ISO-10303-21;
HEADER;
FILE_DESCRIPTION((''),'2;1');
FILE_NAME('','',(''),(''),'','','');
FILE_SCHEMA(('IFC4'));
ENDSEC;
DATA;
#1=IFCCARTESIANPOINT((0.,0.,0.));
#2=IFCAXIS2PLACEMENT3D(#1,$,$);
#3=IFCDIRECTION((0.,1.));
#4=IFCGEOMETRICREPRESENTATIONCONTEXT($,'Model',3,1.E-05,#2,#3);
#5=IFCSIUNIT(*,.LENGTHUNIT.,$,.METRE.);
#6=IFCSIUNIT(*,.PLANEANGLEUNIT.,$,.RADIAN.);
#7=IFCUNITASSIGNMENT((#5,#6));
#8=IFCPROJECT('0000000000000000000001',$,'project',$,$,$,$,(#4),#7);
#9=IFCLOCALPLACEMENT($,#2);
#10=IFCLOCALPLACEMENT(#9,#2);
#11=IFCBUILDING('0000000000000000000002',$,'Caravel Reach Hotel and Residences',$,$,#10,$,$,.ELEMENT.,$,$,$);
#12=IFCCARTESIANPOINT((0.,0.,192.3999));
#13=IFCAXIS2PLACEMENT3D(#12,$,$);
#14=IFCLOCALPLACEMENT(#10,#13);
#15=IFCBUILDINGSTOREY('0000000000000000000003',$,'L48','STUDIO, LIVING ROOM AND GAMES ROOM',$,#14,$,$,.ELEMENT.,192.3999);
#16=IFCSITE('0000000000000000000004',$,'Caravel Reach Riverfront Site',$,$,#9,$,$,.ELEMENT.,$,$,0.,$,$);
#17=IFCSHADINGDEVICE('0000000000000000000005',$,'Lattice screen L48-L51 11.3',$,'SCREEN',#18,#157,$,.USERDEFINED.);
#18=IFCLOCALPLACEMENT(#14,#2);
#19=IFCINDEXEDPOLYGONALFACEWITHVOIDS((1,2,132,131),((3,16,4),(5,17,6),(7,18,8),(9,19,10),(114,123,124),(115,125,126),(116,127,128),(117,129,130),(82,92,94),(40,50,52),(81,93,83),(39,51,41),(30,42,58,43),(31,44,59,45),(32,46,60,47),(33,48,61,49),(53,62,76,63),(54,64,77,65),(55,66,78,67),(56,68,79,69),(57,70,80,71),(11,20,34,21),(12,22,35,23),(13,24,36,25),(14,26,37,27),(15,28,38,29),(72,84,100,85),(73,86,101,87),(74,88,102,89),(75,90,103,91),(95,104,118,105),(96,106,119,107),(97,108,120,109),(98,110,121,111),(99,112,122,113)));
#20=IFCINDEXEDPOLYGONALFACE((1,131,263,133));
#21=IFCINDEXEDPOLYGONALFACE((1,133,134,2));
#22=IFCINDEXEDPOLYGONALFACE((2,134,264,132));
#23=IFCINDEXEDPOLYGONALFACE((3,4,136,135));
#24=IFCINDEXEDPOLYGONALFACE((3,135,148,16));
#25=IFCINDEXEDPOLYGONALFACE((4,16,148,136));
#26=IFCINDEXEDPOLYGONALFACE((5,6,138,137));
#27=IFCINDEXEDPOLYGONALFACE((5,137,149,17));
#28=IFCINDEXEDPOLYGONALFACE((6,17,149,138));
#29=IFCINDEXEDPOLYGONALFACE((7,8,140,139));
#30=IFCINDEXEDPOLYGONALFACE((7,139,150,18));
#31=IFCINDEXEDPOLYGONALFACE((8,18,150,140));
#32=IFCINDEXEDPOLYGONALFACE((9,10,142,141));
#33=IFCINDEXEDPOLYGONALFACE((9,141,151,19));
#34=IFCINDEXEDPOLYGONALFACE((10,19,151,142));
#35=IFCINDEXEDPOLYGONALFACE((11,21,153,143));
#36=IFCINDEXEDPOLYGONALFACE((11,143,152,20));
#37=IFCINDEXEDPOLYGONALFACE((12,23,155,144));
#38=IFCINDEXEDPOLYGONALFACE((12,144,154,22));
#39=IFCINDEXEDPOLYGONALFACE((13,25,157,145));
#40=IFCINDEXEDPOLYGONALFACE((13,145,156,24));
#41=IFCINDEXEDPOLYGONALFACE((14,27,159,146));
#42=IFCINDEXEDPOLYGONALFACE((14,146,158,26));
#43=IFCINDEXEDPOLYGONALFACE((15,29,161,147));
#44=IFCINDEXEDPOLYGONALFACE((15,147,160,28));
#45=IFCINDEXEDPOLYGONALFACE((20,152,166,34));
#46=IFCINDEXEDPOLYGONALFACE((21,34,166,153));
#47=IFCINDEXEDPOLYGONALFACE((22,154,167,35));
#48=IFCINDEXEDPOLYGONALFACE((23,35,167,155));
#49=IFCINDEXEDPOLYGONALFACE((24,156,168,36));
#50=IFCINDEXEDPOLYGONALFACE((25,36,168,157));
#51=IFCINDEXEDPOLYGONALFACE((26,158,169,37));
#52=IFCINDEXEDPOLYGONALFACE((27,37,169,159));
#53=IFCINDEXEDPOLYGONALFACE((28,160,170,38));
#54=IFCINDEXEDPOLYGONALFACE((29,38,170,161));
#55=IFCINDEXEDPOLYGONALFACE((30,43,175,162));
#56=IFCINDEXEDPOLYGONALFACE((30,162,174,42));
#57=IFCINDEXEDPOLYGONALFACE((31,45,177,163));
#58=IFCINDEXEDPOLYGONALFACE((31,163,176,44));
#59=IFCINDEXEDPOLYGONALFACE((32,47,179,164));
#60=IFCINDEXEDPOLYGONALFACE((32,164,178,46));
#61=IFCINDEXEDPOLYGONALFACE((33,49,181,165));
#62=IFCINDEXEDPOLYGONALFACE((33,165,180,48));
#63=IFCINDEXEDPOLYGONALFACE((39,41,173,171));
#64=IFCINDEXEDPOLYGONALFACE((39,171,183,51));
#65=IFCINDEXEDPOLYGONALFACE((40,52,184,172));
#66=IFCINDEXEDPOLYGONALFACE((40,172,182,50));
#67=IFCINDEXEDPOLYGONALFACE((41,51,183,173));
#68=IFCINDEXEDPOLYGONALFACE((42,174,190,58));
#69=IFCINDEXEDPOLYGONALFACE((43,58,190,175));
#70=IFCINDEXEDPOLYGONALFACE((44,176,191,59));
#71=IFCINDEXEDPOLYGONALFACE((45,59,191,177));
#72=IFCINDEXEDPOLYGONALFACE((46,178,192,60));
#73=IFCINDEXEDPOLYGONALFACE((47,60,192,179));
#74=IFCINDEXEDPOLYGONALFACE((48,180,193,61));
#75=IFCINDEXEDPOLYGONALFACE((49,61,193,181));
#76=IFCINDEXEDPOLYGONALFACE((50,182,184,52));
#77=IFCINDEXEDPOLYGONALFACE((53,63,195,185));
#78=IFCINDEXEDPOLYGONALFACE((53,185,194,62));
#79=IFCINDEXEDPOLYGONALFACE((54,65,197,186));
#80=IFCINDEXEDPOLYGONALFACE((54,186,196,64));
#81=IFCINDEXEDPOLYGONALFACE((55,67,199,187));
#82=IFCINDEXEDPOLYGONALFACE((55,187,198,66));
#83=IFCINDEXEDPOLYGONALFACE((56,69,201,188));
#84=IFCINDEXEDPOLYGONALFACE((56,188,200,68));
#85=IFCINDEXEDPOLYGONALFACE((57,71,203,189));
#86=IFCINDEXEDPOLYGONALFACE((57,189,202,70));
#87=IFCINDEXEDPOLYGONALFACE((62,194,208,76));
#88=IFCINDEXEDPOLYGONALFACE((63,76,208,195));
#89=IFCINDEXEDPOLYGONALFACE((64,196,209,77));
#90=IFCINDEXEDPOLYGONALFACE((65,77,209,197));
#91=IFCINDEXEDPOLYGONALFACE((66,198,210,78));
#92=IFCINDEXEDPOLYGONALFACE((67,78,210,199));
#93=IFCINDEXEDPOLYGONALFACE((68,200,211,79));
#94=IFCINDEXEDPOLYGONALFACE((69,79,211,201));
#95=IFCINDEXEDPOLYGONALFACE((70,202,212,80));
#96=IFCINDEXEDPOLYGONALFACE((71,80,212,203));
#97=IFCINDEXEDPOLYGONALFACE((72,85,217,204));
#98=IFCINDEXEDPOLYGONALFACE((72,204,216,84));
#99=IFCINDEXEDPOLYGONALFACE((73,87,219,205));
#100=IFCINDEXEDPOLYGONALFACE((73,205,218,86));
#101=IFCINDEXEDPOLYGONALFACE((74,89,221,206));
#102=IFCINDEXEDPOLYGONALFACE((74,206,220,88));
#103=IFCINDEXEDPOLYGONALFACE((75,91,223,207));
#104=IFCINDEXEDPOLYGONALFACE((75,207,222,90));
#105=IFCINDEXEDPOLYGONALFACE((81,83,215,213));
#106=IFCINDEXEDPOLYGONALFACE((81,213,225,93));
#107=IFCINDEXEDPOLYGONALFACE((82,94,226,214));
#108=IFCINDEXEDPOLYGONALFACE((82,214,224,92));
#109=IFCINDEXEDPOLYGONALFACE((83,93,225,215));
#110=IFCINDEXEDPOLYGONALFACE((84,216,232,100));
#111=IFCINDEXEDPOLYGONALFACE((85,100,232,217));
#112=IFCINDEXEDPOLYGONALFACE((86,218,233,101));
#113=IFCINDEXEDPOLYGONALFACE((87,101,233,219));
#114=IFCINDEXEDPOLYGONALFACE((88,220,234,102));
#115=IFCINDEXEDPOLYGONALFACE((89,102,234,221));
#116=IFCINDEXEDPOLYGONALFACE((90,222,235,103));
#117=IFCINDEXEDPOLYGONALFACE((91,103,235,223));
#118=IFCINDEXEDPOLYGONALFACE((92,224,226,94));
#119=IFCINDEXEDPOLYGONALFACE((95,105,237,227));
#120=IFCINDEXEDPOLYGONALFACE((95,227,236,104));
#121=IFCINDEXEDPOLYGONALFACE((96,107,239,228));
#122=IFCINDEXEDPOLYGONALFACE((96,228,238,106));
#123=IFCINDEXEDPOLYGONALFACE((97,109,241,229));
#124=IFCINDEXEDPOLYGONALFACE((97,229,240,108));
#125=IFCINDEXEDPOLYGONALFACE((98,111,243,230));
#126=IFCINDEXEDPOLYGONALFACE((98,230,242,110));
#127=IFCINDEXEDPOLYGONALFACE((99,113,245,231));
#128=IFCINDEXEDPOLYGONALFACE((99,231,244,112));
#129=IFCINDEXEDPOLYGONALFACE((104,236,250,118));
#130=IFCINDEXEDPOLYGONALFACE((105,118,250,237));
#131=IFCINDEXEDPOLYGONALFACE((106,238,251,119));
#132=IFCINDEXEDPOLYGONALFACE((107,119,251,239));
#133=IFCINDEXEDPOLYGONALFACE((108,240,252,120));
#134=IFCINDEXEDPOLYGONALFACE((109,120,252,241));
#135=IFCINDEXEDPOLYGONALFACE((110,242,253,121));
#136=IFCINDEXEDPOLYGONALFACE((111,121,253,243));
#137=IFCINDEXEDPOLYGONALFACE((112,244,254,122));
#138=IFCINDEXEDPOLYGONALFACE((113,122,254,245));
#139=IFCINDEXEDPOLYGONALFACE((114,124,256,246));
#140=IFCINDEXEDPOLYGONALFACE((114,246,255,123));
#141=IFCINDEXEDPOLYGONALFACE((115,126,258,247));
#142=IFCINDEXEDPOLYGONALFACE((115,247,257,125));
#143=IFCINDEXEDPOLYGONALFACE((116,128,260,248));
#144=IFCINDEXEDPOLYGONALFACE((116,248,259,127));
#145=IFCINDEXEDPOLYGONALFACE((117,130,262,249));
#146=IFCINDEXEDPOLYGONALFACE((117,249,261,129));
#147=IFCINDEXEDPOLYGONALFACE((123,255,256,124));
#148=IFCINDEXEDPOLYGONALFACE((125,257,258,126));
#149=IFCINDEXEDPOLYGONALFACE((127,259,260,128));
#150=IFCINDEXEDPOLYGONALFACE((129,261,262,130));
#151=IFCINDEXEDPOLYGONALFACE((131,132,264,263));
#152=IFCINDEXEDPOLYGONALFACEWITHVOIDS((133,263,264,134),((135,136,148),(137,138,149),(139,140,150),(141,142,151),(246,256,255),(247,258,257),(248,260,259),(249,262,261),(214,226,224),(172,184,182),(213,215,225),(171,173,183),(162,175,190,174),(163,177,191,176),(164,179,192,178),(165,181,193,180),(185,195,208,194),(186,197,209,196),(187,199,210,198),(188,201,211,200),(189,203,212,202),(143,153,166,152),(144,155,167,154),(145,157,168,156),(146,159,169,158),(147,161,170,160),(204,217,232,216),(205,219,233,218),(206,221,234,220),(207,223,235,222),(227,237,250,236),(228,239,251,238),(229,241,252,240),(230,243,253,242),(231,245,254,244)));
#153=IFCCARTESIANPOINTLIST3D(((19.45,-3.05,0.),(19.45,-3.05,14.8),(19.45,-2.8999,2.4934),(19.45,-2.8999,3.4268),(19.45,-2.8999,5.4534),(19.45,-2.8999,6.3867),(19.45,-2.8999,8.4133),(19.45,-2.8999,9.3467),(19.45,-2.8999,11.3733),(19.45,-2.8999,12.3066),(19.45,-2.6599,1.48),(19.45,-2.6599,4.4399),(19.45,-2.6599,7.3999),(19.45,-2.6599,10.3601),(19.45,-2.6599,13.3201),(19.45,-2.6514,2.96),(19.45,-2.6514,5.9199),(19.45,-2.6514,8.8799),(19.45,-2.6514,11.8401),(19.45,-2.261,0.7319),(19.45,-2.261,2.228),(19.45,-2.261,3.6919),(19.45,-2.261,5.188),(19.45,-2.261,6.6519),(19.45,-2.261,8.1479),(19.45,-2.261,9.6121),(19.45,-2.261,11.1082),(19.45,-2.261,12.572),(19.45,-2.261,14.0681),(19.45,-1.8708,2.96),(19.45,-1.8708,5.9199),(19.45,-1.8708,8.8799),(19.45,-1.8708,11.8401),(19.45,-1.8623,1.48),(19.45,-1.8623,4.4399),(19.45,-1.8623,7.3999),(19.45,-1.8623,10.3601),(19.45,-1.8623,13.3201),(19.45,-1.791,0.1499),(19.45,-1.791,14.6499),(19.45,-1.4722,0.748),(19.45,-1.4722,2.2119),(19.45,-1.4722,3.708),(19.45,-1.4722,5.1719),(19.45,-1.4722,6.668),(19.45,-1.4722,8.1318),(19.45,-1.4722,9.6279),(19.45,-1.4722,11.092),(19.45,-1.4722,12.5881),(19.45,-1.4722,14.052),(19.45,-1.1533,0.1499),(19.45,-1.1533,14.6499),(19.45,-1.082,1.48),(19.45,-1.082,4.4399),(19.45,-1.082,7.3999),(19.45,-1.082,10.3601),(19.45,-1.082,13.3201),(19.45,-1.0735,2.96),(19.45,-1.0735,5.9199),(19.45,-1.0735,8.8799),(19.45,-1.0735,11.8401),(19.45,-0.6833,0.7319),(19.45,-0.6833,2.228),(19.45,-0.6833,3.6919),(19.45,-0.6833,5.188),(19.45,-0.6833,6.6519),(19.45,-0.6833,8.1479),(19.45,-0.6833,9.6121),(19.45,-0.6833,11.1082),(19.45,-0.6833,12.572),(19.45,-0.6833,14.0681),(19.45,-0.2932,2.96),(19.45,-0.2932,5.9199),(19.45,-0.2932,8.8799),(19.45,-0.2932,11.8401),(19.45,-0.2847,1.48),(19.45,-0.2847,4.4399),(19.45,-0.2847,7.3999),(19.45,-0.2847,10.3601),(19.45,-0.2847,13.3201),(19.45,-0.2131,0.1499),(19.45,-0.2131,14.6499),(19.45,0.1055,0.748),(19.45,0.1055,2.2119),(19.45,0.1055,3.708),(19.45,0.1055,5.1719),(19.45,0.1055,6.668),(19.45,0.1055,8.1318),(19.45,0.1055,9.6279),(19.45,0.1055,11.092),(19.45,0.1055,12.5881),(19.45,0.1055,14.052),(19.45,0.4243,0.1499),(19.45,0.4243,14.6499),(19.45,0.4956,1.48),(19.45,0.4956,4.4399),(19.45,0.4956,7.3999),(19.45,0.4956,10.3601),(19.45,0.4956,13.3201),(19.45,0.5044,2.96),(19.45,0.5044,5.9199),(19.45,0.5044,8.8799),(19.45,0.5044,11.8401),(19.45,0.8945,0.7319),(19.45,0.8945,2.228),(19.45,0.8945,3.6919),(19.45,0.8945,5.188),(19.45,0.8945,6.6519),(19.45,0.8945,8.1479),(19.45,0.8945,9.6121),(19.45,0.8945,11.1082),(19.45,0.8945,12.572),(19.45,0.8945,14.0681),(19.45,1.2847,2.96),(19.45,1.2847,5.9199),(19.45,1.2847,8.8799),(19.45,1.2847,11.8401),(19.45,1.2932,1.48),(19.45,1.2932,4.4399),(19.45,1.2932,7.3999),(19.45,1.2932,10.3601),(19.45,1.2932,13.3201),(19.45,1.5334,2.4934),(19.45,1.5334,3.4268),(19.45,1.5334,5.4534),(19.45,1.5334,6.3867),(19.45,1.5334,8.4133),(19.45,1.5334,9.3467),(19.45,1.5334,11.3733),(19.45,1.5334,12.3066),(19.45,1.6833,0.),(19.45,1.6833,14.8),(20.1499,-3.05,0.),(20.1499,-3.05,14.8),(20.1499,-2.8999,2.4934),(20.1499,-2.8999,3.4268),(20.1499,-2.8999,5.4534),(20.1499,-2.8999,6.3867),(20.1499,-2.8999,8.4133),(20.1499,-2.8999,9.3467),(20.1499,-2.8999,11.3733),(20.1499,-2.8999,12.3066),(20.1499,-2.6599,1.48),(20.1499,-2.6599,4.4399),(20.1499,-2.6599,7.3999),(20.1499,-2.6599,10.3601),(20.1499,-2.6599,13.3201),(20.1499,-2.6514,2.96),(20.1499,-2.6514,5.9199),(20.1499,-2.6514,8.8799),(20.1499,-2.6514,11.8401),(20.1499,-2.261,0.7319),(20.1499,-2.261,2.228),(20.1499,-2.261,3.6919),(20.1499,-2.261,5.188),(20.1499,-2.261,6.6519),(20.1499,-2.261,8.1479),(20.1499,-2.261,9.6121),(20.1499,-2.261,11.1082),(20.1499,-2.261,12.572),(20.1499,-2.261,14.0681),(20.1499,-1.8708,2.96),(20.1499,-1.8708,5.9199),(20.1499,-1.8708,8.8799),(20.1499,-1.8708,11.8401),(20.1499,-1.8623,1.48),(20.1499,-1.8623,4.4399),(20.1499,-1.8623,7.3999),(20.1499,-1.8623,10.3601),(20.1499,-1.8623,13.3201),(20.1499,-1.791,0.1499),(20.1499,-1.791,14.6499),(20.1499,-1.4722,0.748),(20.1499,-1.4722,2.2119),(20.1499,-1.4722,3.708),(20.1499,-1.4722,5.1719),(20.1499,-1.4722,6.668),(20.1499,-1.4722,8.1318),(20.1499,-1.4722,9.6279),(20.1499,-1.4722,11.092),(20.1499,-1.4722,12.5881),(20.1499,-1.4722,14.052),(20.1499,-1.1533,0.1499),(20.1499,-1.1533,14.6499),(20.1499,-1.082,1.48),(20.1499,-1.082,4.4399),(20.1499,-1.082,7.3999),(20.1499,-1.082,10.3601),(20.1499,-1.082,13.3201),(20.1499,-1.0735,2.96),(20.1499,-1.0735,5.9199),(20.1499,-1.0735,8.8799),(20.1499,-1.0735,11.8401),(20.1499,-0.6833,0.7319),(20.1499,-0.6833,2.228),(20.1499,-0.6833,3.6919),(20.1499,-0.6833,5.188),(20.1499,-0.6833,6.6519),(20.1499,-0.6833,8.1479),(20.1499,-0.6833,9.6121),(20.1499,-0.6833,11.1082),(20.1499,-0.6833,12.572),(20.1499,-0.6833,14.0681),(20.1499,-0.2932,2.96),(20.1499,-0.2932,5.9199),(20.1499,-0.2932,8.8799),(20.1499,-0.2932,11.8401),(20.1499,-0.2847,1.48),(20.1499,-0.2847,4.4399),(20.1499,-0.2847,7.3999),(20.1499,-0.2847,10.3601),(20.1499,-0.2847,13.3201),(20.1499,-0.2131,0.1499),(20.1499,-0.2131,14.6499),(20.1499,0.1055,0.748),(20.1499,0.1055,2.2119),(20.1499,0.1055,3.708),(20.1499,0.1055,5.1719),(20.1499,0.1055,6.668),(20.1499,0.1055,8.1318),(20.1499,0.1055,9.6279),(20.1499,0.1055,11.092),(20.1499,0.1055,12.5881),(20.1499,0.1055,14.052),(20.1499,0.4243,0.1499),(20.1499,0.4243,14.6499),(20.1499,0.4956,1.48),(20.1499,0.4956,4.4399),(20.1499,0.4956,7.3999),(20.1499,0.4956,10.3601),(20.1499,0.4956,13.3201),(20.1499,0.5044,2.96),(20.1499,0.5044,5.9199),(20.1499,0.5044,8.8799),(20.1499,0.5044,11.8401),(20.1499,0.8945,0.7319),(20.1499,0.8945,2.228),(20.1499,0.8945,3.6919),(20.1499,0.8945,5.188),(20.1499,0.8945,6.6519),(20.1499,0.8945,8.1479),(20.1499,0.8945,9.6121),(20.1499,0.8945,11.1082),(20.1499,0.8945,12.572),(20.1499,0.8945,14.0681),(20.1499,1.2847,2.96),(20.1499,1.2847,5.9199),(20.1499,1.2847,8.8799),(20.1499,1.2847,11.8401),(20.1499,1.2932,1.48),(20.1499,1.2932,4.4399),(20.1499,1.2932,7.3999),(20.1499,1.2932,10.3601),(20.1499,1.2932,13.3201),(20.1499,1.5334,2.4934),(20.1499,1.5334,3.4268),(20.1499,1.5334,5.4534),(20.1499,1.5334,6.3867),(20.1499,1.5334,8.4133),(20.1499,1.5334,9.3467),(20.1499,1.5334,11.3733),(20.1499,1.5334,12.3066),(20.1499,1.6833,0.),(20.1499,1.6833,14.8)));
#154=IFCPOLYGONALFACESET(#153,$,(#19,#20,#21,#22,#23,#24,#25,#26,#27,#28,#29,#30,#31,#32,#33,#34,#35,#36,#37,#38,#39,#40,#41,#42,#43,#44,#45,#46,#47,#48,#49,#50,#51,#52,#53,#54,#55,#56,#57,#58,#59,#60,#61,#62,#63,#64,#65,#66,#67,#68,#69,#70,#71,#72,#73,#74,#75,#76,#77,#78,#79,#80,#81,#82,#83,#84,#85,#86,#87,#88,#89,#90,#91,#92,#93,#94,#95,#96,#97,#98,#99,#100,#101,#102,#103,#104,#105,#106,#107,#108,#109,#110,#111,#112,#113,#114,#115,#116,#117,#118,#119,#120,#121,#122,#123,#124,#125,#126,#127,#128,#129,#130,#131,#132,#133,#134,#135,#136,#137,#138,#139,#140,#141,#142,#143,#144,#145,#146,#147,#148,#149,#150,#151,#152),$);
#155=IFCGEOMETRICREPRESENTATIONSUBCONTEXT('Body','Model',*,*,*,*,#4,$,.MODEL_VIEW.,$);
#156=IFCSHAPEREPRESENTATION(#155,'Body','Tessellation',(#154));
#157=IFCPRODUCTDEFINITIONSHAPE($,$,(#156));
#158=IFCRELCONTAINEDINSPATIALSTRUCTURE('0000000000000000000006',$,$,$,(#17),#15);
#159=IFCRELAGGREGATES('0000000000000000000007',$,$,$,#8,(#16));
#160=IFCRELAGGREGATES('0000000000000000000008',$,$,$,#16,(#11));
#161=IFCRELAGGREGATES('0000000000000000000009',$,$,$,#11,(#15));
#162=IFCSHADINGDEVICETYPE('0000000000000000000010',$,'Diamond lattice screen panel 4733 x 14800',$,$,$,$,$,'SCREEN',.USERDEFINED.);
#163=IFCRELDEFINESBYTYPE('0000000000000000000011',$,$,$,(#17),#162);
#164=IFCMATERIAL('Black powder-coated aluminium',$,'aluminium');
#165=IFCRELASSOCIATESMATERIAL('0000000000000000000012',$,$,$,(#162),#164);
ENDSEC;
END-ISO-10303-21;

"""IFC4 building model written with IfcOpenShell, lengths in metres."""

from ifc_helpers import new_model, si_unit, direction, frame, origin, place, context, subcontext, project, spatial, polyline, outline, extrude, material, type_object, element, save


model = new_model("IFC4")

# Units and contexts
model_context = context("Model", 3, precision=1e-05, world=origin(), true_north=direction((0.0, 1.0)))
body_context = subcontext(model_context, "Body", "Model", "MODEL_VIEW")
ifc_project = project(units=[si_unit("LENGTHUNIT", "METRE"), si_unit("PLANEANGLEUNIT", "RADIAN")], contexts=[model_context])

# Site, building, storey
site_placement = place(None, origin())
site = spatial("IfcSite", under=ifc_project, at=site_placement, Name="Caravel Reach Riverfront Site", CompositionType="ELEMENT", RefElevation=0.0)
building_placement = place(site_placement, origin())
building = spatial("IfcBuilding", under=site, at=building_placement, Name="Caravel Reach Hotel and Residences", CompositionType="ELEMENT")
storey_placement = place(building_placement, frame((0.0, 0.0, 192.3999)))
storey = spatial("IfcBuildingStorey", under=building, at=storey_placement, Name="L48", Description="STUDIO, LIVING ROOM AND GAMES ROOM", CompositionType="ELEMENT", Elevation=192.3999)

# Shading device
ifc_material_1 = material(Name="Black powder-coated aluminium", Category="aluminium")
shading_device_type_1 = type_object("IfcShadingDeviceType", Name="Diamond lattice screen panel 4733 x 14800", ElementType="SCREEN", PredefinedType="USERDEFINED", material=ifc_material_1)
shading_device_1_placement = place(storey_placement, frame((20.1499, 1.6833, 0.0), z_axis=(-1.0, 0.0, 0.0), x_axis=(0.0, -1.0, 0.0)))
element("IfcShadingDevice", 1, at=shading_device_1_placement, inside=storey, type_object=shading_device_type_1, Name="Lattice screen L48-L51 11.3", ObjectType="SCREEN", PredefinedType="USERDEFINED", context=body_context, shape_type="SweptSolid", body=[
    extrude(outline(polyline([(0.0, 0.0), (4.7334, 0.0), (4.7334, 14.8), (0.0, 14.8), (0.0, 0.0)]), holes=[polyline([(0.3987, 2.96), (0.1499, 3.4268), (0.1499, 2.4934), (0.3987, 2.96)]), polyline([(0.3987, 5.9199), (0.1499, 6.3867), (0.1499, 5.4534), (0.3987, 5.9199)]), polyline([(0.3987, 8.8799), (0.1499, 9.3467), (0.1499, 8.4133), (0.3987, 8.8799)]), polyline([(0.3987, 11.8401), (0.1499, 12.3066), (0.1499, 11.3733), (0.3987, 11.8401)]), polyline([(0.7888, 2.228), (0.3901, 1.48), (0.7888, 0.7319), (1.1877, 1.48), (0.7888, 2.228)]), polyline([(0.7888, 5.188), (0.3901, 4.4399), (0.7888, 3.6919), (1.1877, 4.4399), (0.7888, 5.188)]), polyline([(0.7888, 8.1479), (0.3901, 7.3999), (0.7888, 6.6519), (1.1877, 7.3999), (0.7888, 8.1479)]), polyline([(0.7888, 11.1082), (0.3901, 10.3601), (0.7888, 9.6121), (1.1877, 10.3601), (0.7888, 11.1082)]), polyline([(0.7888, 14.0681), (0.3901, 13.3201), (0.7888, 12.572), (1.1877, 13.3201), (0.7888, 14.0681)]), polyline([(1.5779, 0.748), (1.259, 0.1499), (1.8965, 0.1499), (1.5779, 0.748)]), polyline([(1.5779, 3.708), (1.179, 2.96), (1.5779, 2.2119), (1.9766, 2.96), (1.5779, 3.708)]), polyline([(1.5779, 6.668), (1.179, 5.9199), (1.5779, 5.1719), (1.9766, 5.9199), (1.5779, 6.668)]), polyline([(1.5779, 9.6279), (1.179, 8.8799), (1.5779, 8.1318), (1.9766, 8.8799), (1.5779, 9.6279)]), polyline([(1.5779, 12.5881), (1.179, 11.8401), (1.5779, 11.092), (1.9766, 11.8401), (1.5779, 12.5881)]), polyline([(1.5779, 14.052), (1.8965, 14.6499), (1.259, 14.6499), (1.5779, 14.052)]), polyline([(2.3667, 2.228), (1.968, 1.48), (2.3667, 0.7319), (2.7654, 1.48), (2.3667, 2.228)]), polyline([(2.3667, 5.188), (1.968, 4.4399), (2.3667, 3.6919), (2.7654, 4.4399), (2.3667, 5.188)]), polyline([(2.3667, 8.1479), (1.968, 7.3999), (2.3667, 6.6519), (2.7654, 7.3999), (2.3667, 8.1479)]), polyline([(2.3667, 11.1082), (1.968, 10.3601), (2.3667, 9.6121), (2.7654, 10.3601), (2.3667, 11.1082)]), polyline([(2.3667, 14.0681), (1.968, 13.3201), (2.3667, 12.572), (2.7654, 13.3201), (2.3667, 14.0681)]), polyline([(3.1555, 0.748), (2.8367, 0.1499), (3.4744, 0.1499), (3.1555, 0.748)]), polyline([(3.1555, 3.708), (2.7568, 2.96), (3.1555, 2.2119), (3.5542, 2.96), (3.1555, 3.708)]), polyline([(3.1555, 6.668), (2.7568, 5.9199), (3.1555, 5.1719), (3.5542, 5.9199), (3.1555, 6.668)]), polyline([(3.1555, 9.6279), (2.7568, 8.8799), (3.1555, 8.1318), (3.5542, 8.8799), (3.1555, 9.6279)]), polyline([(3.1555, 12.5881), (2.7568, 11.8401), (3.1555, 11.092), (3.5542, 11.8401), (3.1555, 12.5881)]), polyline([(3.1555, 14.052), (3.4744, 14.6499), (2.8367, 14.6499), (3.1555, 14.052)]), polyline([(3.9443, 2.228), (3.5457, 1.48), (3.9443, 0.7319), (4.3433, 1.48), (3.9443, 2.228)]), polyline([(3.9443, 5.188), (3.5457, 4.4399), (3.9443, 3.6919), (4.3433, 4.4399), (3.9443, 5.188)]), polyline([(3.9443, 8.1479), (3.5457, 7.3999), (3.9443, 6.6519), (4.3433, 7.3999), (3.9443, 8.1479)]), polyline([(3.9443, 11.1082), (3.5457, 10.3601), (3.9443, 9.6121), (4.3433, 10.3601), (3.9443, 11.1082)]), polyline([(3.9443, 14.0681), (3.5457, 13.3201), (3.9443, 12.572), (4.3433, 13.3201), (3.9443, 14.0681)]), polyline([(4.3347, 2.96), (4.5833, 2.4934), (4.5833, 3.4268), (4.3347, 2.96)]), polyline([(4.3347, 5.9199), (4.5833, 5.4534), (4.5833, 6.3867), (4.3347, 5.9199)]), polyline([(4.3347, 8.8799), (4.5833, 8.4133), (4.5833, 9.3467), (4.3347, 8.8799)]), polyline([(4.3347, 11.8401), (4.5833, 11.3733), (4.5833, 12.3066), (4.3347, 11.8401)])]), origin(), (0.0, 0.0, 1.0), 0.7),
])

save(model, "model.ifc")
